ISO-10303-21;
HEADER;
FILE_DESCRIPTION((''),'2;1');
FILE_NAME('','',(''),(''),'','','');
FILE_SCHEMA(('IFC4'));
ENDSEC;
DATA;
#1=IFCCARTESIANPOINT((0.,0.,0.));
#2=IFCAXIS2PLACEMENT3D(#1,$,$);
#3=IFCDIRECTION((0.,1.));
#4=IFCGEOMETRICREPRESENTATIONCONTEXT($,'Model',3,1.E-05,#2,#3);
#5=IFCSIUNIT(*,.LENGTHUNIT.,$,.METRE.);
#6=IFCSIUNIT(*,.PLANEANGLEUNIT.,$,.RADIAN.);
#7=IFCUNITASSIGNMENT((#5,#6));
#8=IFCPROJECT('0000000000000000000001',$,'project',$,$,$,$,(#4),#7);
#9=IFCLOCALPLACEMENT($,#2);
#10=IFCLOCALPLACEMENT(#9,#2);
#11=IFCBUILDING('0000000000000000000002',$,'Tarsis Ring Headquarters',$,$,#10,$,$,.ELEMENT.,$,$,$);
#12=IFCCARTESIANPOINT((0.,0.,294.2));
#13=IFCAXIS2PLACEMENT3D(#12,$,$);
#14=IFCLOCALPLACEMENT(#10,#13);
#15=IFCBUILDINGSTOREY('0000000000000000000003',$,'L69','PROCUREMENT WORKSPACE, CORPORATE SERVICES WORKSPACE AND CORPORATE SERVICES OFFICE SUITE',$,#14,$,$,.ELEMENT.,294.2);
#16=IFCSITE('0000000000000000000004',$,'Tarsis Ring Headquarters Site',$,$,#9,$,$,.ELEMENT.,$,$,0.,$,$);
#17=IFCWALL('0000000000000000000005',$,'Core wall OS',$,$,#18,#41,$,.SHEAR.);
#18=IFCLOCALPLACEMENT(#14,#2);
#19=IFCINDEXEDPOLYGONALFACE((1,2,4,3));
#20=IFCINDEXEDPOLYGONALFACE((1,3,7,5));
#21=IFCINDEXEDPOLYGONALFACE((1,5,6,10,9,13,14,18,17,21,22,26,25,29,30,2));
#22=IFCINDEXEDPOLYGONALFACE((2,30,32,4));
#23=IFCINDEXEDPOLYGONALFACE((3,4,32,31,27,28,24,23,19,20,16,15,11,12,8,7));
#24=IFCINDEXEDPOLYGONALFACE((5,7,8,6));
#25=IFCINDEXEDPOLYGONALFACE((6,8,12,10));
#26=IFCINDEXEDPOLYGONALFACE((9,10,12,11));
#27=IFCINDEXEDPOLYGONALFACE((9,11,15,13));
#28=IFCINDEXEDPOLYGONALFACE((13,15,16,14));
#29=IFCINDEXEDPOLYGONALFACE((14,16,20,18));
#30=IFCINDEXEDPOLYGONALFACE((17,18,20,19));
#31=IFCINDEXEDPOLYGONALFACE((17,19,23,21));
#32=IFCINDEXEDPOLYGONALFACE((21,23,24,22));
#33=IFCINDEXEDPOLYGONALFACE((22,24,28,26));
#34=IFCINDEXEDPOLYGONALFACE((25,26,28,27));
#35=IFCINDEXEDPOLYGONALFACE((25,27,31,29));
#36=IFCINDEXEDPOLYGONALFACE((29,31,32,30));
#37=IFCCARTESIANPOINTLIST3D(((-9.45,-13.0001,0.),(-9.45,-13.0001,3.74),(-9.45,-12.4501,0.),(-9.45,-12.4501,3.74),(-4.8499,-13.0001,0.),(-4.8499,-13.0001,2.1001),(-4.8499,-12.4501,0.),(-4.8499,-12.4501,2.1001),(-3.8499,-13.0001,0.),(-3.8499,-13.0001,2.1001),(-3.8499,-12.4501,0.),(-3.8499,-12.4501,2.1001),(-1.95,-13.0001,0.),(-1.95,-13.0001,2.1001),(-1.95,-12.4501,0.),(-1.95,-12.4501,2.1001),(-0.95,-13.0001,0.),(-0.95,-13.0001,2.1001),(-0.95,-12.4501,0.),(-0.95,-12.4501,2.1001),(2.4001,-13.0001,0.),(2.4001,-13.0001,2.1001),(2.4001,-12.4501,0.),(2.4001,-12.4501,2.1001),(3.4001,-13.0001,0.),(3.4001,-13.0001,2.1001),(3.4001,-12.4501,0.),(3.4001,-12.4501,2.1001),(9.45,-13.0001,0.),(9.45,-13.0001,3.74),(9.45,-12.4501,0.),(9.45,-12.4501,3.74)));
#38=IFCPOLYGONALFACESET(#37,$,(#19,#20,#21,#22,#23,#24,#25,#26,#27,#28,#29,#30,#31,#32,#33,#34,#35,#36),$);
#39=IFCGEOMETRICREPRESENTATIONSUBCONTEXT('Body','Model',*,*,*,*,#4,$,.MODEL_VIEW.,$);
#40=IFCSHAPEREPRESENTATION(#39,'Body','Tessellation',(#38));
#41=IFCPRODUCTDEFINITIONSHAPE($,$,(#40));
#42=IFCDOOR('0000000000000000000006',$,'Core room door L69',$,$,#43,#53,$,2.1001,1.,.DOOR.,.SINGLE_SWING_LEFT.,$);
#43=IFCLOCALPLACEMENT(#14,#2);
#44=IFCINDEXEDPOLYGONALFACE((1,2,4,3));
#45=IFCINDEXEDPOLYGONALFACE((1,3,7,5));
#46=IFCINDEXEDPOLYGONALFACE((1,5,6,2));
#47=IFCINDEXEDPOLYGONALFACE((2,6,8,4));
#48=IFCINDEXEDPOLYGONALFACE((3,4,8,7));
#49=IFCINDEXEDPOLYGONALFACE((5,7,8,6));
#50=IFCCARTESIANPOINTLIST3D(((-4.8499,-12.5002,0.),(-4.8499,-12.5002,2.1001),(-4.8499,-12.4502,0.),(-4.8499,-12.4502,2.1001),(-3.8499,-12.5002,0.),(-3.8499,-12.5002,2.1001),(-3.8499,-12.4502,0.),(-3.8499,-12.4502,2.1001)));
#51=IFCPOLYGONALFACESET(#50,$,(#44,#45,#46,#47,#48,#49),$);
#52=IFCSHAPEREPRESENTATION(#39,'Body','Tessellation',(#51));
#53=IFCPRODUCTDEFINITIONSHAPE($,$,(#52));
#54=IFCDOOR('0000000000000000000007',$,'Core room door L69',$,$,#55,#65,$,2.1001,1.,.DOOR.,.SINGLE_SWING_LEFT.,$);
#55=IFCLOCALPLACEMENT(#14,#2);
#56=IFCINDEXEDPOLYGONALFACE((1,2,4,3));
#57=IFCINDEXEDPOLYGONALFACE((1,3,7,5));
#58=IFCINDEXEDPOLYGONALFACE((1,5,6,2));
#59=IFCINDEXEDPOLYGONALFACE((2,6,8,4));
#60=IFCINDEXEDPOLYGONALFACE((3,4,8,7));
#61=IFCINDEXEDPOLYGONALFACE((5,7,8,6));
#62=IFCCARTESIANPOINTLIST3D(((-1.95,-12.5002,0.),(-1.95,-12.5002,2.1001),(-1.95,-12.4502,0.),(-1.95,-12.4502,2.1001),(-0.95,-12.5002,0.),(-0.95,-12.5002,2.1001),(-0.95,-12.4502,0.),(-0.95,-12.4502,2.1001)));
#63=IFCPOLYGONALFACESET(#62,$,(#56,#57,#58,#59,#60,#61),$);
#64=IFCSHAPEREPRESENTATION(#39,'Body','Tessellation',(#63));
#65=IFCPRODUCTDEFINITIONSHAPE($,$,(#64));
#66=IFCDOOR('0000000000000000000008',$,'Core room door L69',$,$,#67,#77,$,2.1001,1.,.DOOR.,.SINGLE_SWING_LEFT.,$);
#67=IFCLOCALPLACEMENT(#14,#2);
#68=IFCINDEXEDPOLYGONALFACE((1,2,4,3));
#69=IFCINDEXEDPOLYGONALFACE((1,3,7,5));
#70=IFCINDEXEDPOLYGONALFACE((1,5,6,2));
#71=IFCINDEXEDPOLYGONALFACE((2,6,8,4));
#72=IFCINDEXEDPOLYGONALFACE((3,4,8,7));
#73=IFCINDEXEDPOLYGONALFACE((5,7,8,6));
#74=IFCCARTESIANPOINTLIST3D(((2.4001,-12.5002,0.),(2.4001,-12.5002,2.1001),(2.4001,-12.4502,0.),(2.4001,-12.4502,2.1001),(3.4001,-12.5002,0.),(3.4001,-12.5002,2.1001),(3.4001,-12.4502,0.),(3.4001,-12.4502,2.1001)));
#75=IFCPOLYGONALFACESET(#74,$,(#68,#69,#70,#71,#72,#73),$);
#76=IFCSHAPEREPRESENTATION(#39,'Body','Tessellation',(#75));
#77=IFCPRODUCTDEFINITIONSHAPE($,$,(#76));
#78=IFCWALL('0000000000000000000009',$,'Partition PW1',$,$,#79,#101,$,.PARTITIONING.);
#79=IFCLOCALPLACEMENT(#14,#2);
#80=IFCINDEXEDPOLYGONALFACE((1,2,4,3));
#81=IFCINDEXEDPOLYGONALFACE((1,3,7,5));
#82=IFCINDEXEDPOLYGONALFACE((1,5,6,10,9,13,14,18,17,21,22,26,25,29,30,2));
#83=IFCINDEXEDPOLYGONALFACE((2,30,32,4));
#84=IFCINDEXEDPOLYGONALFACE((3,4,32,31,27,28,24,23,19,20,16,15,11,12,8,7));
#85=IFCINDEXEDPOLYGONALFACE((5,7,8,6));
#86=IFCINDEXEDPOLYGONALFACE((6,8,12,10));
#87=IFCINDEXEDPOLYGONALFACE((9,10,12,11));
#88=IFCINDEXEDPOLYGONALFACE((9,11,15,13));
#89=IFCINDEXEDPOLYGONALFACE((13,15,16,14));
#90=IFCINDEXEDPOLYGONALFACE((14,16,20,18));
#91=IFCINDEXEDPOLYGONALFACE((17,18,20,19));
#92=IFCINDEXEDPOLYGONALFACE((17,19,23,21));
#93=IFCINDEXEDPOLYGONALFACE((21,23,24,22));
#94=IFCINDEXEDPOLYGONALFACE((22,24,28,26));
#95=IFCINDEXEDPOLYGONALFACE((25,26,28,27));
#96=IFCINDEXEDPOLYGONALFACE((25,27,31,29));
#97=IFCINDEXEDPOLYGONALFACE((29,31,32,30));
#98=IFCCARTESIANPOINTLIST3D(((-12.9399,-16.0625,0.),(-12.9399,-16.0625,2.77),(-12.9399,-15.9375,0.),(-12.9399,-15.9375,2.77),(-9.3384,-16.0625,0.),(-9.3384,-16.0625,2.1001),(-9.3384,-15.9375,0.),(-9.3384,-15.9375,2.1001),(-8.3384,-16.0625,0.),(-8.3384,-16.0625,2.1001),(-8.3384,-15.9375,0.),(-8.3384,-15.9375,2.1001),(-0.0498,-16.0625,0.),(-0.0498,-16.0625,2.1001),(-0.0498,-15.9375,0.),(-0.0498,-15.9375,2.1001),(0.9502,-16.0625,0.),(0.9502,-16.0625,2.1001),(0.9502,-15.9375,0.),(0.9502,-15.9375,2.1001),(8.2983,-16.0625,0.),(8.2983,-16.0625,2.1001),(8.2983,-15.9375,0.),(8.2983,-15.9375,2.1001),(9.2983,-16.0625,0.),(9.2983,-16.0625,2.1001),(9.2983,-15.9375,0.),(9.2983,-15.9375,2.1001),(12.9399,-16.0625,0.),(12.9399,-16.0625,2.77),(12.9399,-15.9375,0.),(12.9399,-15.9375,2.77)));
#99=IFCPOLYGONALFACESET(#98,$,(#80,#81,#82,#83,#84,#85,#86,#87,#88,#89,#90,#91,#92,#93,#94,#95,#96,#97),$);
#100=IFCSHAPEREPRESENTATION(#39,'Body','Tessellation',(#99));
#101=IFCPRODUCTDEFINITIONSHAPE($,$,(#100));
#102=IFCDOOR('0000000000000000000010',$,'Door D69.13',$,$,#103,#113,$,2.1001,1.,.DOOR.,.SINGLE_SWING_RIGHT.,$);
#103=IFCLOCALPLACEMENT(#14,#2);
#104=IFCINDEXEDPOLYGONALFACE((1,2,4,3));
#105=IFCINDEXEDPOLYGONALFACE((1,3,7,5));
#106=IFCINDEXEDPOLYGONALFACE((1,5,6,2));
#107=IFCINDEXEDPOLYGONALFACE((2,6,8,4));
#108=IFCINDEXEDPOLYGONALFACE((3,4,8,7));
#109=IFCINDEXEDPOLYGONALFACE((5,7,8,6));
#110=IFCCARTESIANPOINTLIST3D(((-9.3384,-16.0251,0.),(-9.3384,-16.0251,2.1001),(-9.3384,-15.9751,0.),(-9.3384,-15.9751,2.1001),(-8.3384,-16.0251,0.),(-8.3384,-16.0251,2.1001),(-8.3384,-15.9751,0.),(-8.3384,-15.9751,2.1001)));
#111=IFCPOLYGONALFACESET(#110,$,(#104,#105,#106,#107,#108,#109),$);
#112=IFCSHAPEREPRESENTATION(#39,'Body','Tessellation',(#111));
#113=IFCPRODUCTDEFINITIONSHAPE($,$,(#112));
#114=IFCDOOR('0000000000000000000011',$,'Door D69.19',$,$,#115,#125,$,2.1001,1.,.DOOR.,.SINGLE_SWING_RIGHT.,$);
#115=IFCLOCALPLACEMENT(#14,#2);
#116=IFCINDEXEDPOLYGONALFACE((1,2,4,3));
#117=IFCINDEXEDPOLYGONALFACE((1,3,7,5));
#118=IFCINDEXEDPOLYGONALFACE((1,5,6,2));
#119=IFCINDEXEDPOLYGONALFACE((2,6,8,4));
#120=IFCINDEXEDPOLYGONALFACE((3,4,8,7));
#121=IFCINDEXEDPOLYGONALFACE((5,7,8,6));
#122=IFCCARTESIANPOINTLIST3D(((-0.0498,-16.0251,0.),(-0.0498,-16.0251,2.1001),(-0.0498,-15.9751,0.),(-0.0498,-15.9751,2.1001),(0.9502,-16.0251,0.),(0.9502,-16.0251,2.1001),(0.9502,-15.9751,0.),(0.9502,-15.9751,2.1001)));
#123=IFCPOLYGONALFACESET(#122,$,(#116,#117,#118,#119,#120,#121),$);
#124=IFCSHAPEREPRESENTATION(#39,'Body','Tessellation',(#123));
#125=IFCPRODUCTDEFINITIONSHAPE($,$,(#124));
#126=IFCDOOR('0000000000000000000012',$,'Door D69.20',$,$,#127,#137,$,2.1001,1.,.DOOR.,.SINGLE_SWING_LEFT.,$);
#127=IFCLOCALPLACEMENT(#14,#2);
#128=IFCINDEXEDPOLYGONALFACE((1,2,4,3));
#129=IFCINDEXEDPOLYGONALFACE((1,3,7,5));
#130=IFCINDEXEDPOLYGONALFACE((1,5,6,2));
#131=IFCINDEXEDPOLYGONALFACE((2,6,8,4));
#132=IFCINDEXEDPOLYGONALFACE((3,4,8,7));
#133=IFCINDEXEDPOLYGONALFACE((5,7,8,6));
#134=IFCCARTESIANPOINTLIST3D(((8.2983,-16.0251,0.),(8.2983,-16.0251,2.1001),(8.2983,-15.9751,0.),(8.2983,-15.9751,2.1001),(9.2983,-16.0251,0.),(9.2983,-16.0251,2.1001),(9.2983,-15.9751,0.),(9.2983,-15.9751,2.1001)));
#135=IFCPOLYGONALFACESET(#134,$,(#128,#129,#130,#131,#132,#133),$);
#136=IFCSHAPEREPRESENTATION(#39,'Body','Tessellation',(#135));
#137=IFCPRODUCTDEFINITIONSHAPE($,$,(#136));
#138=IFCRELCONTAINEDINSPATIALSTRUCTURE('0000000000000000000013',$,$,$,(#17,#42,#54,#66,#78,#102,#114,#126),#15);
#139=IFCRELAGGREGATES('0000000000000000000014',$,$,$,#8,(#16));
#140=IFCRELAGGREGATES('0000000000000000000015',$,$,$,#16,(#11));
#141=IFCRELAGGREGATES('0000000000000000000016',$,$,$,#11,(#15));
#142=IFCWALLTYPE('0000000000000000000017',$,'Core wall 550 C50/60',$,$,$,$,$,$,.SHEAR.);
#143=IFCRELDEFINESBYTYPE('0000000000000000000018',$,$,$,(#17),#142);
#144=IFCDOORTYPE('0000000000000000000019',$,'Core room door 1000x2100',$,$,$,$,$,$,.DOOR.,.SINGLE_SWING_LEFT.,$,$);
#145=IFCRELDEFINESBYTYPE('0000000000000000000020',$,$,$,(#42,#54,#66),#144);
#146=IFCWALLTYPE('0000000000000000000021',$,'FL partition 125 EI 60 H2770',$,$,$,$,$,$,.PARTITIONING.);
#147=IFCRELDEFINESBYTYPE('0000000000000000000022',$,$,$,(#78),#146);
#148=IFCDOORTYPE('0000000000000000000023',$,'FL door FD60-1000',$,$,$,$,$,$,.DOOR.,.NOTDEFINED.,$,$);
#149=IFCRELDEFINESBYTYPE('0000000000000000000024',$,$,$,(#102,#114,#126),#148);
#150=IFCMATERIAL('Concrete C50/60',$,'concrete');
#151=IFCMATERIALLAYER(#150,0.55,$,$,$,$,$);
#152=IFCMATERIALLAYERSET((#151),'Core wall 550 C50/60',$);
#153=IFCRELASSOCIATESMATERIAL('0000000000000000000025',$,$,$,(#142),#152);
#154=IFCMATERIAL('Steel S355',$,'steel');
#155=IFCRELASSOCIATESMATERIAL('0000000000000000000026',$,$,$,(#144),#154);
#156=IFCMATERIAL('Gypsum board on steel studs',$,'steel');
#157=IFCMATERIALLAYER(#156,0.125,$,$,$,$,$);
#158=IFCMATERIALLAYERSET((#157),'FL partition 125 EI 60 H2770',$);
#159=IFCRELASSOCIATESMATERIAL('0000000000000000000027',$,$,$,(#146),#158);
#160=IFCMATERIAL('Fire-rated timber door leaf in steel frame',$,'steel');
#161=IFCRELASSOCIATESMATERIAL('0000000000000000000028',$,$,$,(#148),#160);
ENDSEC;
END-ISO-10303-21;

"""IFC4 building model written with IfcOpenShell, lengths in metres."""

from ifc_helpers import new_model, si_unit, direction, frame, frame_2d, origin, place, context, subcontext, project, spatial, rectangle, extrude, material, layer, layer_set, type_object, element, fill, save


model = new_model("IFC4")

# Units and contexts
model_context = context("Model", 3, precision=1e-05, world=origin(), true_north=direction((0.0, 1.0)))
body_context = subcontext(model_context, "Body", "Model", "MODEL_VIEW")
ifc_project = project(units=[si_unit("LENGTHUNIT", "METRE"), si_unit("PLANEANGLEUNIT", "RADIAN")], contexts=[model_context])

# Site, building, storey
site_placement = place(None, origin())
site = spatial("IfcSite", under=ifc_project, at=site_placement, Name="Tarsis Ring Headquarters Site", CompositionType="ELEMENT", RefElevation=0.0)
building_placement = place(site_placement, origin())
building = spatial("IfcBuilding", under=site, at=building_placement, Name="Tarsis Ring Headquarters", CompositionType="ELEMENT")
storey_placement = place(building_placement, frame((0.0, 0.0, 294.2)))
storey = spatial("IfcBuildingStorey", under=building, at=storey_placement, Name="L69", Description="PROCUREMENT WORKSPACE, CORPORATE SERVICES WORKSPACE AND CORPORATE SERVICES OFFICE SUITE", CompositionType="ELEMENT", Elevation=294.2)

# Walls, openings, doors
ifc_material_1 = material(Name="Concrete C50/60", Category="concrete")
ifc_layer_1 = layer(ifc_material_1, 0.55)
ifc_layer_set_1 = layer_set([ifc_layer_1], Name="Core wall 550 C50/60")
wall_type_1 = type_object("IfcWallType", Name="Core wall 550 C50/60", PredefinedType="SHEAR", material=ifc_layer_set_1)
ifc_material_2 = material(Name="Steel S355", Category="steel")
door_type_1 = type_object("IfcDoorType", Name="Core room door 1000x2100", OperationType="SINGLE_SWING_LEFT", PredefinedType="DOOR", material=ifc_material_2)
wall_1_placement = place(storey_placement, frame((-9.45, -12.7251, 0.0), z_axis=(0.0, 0.0, 1.0), x_axis=(1.0, 0.0, 0.0)))
wall_1 = element("IfcWall", 1, at=wall_1_placement, inside=storey, type_object=wall_type_1, Name="Core wall OS", PredefinedType="SHEAR", context=body_context, shape_type="SweptSolid", body=[
    extrude(rectangle(XDim=18.8999, YDim=0.55, at=frame_2d((9.45, 0.0))), origin(), (0.0, 0.0, 1.0), 3.74),
])
opening_1_placement = place(wall_1_placement, frame((4.6001, 0.0, 0.0)))
opening_1 = element("IfcOpeningElement", 2, at=opening_1_placement, cuts=wall_1, PredefinedType="OPENING", context=body_context, shape_type="SweptSolid", body=[
    extrude(rectangle(XDim=1.0, YDim=2.1001, at=frame_2d((0.5, 1.05))), frame((0.0, 0.2849, 0.0), z_axis=(0.0, -1.0, 0.0), x_axis=(1.0, 0.0, 0.0)), (0.0, 0.0, 1.0), 0.5701),
])
opening_2_placement = place(wall_1_placement, frame((7.5, 0.0, 0.0)))
opening_2 = element("IfcOpeningElement", 3, at=opening_2_placement, cuts=wall_1, PredefinedType="OPENING", context=body_context, shape_type="SweptSolid", body=[
    extrude(rectangle(XDim=1.0, YDim=2.1001, at=frame_2d((0.5, 1.05))), frame((0.0, 0.2849, 0.0), z_axis=(0.0, -1.0, 0.0), x_axis=(1.0, 0.0, 0.0)), (0.0, 0.0, 1.0), 0.5701),
])
opening_3_placement = place(wall_1_placement, frame((11.8501, 0.0, 0.0)))
opening_3 = element("IfcOpeningElement", 4, at=opening_3_placement, cuts=wall_1, PredefinedType="OPENING", context=body_context, shape_type="SweptSolid", body=[
    extrude(rectangle(XDim=1.0, YDim=2.1001, at=frame_2d((0.5, 1.05))), frame((0.0, 0.2849, 0.0), z_axis=(0.0, -1.0, 0.0), x_axis=(1.0, 0.0, 0.0)), (0.0, 0.0, 1.0), 0.5701),
])
door_1_placement = place(opening_1_placement, origin())
door_1 = element("IfcDoor", 5, at=door_1_placement, inside=storey, type_object=door_type_1, Name="Core room door L69", OperationType="SINGLE_SWING_LEFT", OverallHeight=2.1001, OverallWidth=1.0, PredefinedType="DOOR", context=body_context, shape_type="SweptSolid", body=[
    extrude(rectangle(XDim=1.0, YDim=2.1001, at=frame_2d((0.5, 1.05))), frame((0.0, 0.2749, 0.0), z_axis=(0.0, -1.0, 0.0), x_axis=(1.0, 0.0, 0.0)), (0.0, 0.0, 1.0), 0.05),
])
fill(opening_1, door_1)
door_2_placement = place(opening_2_placement, origin())
door_2 = element("IfcDoor", 6, at=door_2_placement, inside=storey, type_object=door_type_1, Name="Core room door L69", OperationType="SINGLE_SWING_LEFT", OverallHeight=2.1001, OverallWidth=1.0, PredefinedType="DOOR", context=body_context, shape_type="SweptSolid", body=[
    extrude(rectangle(XDim=1.0, YDim=2.1001, at=frame_2d((0.5, 1.05))), frame((0.0, 0.2749, 0.0), z_axis=(0.0, -1.0, 0.0), x_axis=(1.0, 0.0, 0.0)), (0.0, 0.0, 1.0), 0.05),
])
fill(opening_2, door_2)
door_3_placement = place(opening_3_placement, origin())
door_3 = element("IfcDoor", 7, at=door_3_placement, inside=storey, type_object=door_type_1, Name="Core room door L69", OperationType="SINGLE_SWING_LEFT", OverallHeight=2.1001, OverallWidth=1.0, PredefinedType="DOOR", context=body_context, shape_type="SweptSolid", body=[
    extrude(rectangle(XDim=1.0, YDim=2.1001, at=frame_2d((0.5, 1.05))), frame((0.0, 0.2749, 0.0), z_axis=(0.0, -1.0, 0.0), x_axis=(1.0, 0.0, 0.0)), (0.0, 0.0, 1.0), 0.05),
])
fill(opening_3, door_3)
ifc_material_3 = material(Name="Gypsum board on steel studs", Category="steel")
ifc_layer_2 = layer(ifc_material_3, 0.125)
ifc_layer_set_2 = layer_set([ifc_layer_2], Name="FL partition 125 EI 60 H2770")
wall_type_2 = type_object("IfcWallType", Name="FL partition 125 EI 60 H2770", PredefinedType="PARTITIONING", material=ifc_layer_set_2)
wall_2_placement = place(storey_placement, frame((-12.9399, -16.0, 0.0), z_axis=(0.0, 0.0, 1.0), x_axis=(1.0, 0.0, 0.0)))
wall_2 = element("IfcWall", 8, at=wall_2_placement, inside=storey, type_object=wall_type_2, Name="Partition PW1", PredefinedType="PARTITIONING", context=body_context, shape_type="SweptSolid", body=[
    extrude(rectangle(XDim=25.8799, YDim=0.125, at=frame_2d((12.9399, 0.0))), origin(), (0.0, 0.0, 1.0), 2.77),
])
opening_4_placement = place(wall_2_placement, frame((3.6016, 0.0, 0.0)))
opening_4 = element("IfcOpeningElement", 9, at=opening_4_placement, cuts=wall_2, PredefinedType="OPENING", context=body_context, shape_type="SweptSolid", body=[
    extrude(rectangle(XDim=1.0, YDim=2.1001, at=frame_2d((0.5, 1.05))), frame((0.0, 0.0725, 0.0), z_axis=(0.0, -1.0, 0.0), x_axis=(1.0, 0.0, 0.0)), (0.0, 0.0, 1.0), 0.145),
])
opening_5_placement = place(wall_2_placement, frame((12.8901, 0.0, 0.0)))
opening_5 = element("IfcOpeningElement", 10, at=opening_5_placement, cuts=wall_2, PredefinedType="OPENING", context=body_context, shape_type="SweptSolid", body=[
    extrude(rectangle(XDim=1.0, YDim=2.1001, at=frame_2d((0.5, 1.05))), frame((0.0, 0.0725, 0.0), z_axis=(0.0, -1.0, 0.0), x_axis=(1.0, 0.0, 0.0)), (0.0, 0.0, 1.0), 0.145),
])
opening_6_placement = place(wall_2_placement, frame((21.2383, 0.0, 0.0)))
opening_6 = element("IfcOpeningElement", 11, at=opening_6_placement, cuts=wall_2, PredefinedType="OPENING", context=body_context, shape_type="SweptSolid", body=[
    extrude(rectangle(XDim=1.0, YDim=2.1001, at=frame_2d((0.5, 1.05))), frame((0.0, 0.0725, 0.0), z_axis=(0.0, -1.0, 0.0), x_axis=(1.0, 0.0, 0.0)), (0.0, 0.0, 1.0), 0.145),
])
ifc_material_4 = material(Name="Fire-rated timber door leaf in steel frame", Category="steel")
door_type_2 = type_object("IfcDoorType", Name="FL door FD60-1000", OperationType="NOTDEFINED", PredefinedType="DOOR", material=ifc_material_4)
door_4_placement = place(opening_4_placement, origin())
door_4 = element("IfcDoor", 12, at=door_4_placement, inside=storey, type_object=door_type_2, Name="Door D69.13", OperationType="SINGLE_SWING_RIGHT", OverallHeight=2.1001, OverallWidth=1.0, PredefinedType="DOOR", context=body_context, shape_type="SweptSolid", body=[
    extrude(rectangle(XDim=1.0, YDim=2.1001, at=frame_2d((0.5, 1.05))), frame((0.0, 0.0249, 0.0), z_axis=(0.0, -1.0, 0.0), x_axis=(1.0, 0.0, 0.0)), (0.0, 0.0, 1.0), 0.05),
])
fill(opening_4, door_4)
door_5_placement = place(opening_5_placement, origin())
door_5 = element("IfcDoor", 13, at=door_5_placement, inside=storey, type_object=door_type_2, Name="Door D69.19", OperationType="SINGLE_SWING_RIGHT", OverallHeight=2.1001, OverallWidth=1.0, PredefinedType="DOOR", context=body_context, shape_type="SweptSolid", body=[
    extrude(rectangle(XDim=1.0, YDim=2.1001, at=frame_2d((0.5, 1.05))), frame((0.0, 0.0249, 0.0), z_axis=(0.0, -1.0, 0.0), x_axis=(1.0, 0.0, 0.0)), (0.0, 0.0, 1.0), 0.05),
])
fill(opening_5, door_5)
door_6_placement = place(opening_6_placement, origin())
door_6 = element("IfcDoor", 14, at=door_6_placement, inside=storey, type_object=door_type_2, Name="Door D69.20", OperationType="SINGLE_SWING_LEFT", OverallHeight=2.1001, OverallWidth=1.0, PredefinedType="DOOR", context=body_context, shape_type="SweptSolid", body=[
    extrude(rectangle(XDim=1.0, YDim=2.1001, at=frame_2d((0.5, 1.05))), frame((0.0, 0.0249, 0.0), z_axis=(0.0, -1.0, 0.0), x_axis=(1.0, 0.0, 0.0)), (0.0, 0.0, 1.0), 0.05),
])
fill(opening_6, door_6)

save(model, "model.ifc")
